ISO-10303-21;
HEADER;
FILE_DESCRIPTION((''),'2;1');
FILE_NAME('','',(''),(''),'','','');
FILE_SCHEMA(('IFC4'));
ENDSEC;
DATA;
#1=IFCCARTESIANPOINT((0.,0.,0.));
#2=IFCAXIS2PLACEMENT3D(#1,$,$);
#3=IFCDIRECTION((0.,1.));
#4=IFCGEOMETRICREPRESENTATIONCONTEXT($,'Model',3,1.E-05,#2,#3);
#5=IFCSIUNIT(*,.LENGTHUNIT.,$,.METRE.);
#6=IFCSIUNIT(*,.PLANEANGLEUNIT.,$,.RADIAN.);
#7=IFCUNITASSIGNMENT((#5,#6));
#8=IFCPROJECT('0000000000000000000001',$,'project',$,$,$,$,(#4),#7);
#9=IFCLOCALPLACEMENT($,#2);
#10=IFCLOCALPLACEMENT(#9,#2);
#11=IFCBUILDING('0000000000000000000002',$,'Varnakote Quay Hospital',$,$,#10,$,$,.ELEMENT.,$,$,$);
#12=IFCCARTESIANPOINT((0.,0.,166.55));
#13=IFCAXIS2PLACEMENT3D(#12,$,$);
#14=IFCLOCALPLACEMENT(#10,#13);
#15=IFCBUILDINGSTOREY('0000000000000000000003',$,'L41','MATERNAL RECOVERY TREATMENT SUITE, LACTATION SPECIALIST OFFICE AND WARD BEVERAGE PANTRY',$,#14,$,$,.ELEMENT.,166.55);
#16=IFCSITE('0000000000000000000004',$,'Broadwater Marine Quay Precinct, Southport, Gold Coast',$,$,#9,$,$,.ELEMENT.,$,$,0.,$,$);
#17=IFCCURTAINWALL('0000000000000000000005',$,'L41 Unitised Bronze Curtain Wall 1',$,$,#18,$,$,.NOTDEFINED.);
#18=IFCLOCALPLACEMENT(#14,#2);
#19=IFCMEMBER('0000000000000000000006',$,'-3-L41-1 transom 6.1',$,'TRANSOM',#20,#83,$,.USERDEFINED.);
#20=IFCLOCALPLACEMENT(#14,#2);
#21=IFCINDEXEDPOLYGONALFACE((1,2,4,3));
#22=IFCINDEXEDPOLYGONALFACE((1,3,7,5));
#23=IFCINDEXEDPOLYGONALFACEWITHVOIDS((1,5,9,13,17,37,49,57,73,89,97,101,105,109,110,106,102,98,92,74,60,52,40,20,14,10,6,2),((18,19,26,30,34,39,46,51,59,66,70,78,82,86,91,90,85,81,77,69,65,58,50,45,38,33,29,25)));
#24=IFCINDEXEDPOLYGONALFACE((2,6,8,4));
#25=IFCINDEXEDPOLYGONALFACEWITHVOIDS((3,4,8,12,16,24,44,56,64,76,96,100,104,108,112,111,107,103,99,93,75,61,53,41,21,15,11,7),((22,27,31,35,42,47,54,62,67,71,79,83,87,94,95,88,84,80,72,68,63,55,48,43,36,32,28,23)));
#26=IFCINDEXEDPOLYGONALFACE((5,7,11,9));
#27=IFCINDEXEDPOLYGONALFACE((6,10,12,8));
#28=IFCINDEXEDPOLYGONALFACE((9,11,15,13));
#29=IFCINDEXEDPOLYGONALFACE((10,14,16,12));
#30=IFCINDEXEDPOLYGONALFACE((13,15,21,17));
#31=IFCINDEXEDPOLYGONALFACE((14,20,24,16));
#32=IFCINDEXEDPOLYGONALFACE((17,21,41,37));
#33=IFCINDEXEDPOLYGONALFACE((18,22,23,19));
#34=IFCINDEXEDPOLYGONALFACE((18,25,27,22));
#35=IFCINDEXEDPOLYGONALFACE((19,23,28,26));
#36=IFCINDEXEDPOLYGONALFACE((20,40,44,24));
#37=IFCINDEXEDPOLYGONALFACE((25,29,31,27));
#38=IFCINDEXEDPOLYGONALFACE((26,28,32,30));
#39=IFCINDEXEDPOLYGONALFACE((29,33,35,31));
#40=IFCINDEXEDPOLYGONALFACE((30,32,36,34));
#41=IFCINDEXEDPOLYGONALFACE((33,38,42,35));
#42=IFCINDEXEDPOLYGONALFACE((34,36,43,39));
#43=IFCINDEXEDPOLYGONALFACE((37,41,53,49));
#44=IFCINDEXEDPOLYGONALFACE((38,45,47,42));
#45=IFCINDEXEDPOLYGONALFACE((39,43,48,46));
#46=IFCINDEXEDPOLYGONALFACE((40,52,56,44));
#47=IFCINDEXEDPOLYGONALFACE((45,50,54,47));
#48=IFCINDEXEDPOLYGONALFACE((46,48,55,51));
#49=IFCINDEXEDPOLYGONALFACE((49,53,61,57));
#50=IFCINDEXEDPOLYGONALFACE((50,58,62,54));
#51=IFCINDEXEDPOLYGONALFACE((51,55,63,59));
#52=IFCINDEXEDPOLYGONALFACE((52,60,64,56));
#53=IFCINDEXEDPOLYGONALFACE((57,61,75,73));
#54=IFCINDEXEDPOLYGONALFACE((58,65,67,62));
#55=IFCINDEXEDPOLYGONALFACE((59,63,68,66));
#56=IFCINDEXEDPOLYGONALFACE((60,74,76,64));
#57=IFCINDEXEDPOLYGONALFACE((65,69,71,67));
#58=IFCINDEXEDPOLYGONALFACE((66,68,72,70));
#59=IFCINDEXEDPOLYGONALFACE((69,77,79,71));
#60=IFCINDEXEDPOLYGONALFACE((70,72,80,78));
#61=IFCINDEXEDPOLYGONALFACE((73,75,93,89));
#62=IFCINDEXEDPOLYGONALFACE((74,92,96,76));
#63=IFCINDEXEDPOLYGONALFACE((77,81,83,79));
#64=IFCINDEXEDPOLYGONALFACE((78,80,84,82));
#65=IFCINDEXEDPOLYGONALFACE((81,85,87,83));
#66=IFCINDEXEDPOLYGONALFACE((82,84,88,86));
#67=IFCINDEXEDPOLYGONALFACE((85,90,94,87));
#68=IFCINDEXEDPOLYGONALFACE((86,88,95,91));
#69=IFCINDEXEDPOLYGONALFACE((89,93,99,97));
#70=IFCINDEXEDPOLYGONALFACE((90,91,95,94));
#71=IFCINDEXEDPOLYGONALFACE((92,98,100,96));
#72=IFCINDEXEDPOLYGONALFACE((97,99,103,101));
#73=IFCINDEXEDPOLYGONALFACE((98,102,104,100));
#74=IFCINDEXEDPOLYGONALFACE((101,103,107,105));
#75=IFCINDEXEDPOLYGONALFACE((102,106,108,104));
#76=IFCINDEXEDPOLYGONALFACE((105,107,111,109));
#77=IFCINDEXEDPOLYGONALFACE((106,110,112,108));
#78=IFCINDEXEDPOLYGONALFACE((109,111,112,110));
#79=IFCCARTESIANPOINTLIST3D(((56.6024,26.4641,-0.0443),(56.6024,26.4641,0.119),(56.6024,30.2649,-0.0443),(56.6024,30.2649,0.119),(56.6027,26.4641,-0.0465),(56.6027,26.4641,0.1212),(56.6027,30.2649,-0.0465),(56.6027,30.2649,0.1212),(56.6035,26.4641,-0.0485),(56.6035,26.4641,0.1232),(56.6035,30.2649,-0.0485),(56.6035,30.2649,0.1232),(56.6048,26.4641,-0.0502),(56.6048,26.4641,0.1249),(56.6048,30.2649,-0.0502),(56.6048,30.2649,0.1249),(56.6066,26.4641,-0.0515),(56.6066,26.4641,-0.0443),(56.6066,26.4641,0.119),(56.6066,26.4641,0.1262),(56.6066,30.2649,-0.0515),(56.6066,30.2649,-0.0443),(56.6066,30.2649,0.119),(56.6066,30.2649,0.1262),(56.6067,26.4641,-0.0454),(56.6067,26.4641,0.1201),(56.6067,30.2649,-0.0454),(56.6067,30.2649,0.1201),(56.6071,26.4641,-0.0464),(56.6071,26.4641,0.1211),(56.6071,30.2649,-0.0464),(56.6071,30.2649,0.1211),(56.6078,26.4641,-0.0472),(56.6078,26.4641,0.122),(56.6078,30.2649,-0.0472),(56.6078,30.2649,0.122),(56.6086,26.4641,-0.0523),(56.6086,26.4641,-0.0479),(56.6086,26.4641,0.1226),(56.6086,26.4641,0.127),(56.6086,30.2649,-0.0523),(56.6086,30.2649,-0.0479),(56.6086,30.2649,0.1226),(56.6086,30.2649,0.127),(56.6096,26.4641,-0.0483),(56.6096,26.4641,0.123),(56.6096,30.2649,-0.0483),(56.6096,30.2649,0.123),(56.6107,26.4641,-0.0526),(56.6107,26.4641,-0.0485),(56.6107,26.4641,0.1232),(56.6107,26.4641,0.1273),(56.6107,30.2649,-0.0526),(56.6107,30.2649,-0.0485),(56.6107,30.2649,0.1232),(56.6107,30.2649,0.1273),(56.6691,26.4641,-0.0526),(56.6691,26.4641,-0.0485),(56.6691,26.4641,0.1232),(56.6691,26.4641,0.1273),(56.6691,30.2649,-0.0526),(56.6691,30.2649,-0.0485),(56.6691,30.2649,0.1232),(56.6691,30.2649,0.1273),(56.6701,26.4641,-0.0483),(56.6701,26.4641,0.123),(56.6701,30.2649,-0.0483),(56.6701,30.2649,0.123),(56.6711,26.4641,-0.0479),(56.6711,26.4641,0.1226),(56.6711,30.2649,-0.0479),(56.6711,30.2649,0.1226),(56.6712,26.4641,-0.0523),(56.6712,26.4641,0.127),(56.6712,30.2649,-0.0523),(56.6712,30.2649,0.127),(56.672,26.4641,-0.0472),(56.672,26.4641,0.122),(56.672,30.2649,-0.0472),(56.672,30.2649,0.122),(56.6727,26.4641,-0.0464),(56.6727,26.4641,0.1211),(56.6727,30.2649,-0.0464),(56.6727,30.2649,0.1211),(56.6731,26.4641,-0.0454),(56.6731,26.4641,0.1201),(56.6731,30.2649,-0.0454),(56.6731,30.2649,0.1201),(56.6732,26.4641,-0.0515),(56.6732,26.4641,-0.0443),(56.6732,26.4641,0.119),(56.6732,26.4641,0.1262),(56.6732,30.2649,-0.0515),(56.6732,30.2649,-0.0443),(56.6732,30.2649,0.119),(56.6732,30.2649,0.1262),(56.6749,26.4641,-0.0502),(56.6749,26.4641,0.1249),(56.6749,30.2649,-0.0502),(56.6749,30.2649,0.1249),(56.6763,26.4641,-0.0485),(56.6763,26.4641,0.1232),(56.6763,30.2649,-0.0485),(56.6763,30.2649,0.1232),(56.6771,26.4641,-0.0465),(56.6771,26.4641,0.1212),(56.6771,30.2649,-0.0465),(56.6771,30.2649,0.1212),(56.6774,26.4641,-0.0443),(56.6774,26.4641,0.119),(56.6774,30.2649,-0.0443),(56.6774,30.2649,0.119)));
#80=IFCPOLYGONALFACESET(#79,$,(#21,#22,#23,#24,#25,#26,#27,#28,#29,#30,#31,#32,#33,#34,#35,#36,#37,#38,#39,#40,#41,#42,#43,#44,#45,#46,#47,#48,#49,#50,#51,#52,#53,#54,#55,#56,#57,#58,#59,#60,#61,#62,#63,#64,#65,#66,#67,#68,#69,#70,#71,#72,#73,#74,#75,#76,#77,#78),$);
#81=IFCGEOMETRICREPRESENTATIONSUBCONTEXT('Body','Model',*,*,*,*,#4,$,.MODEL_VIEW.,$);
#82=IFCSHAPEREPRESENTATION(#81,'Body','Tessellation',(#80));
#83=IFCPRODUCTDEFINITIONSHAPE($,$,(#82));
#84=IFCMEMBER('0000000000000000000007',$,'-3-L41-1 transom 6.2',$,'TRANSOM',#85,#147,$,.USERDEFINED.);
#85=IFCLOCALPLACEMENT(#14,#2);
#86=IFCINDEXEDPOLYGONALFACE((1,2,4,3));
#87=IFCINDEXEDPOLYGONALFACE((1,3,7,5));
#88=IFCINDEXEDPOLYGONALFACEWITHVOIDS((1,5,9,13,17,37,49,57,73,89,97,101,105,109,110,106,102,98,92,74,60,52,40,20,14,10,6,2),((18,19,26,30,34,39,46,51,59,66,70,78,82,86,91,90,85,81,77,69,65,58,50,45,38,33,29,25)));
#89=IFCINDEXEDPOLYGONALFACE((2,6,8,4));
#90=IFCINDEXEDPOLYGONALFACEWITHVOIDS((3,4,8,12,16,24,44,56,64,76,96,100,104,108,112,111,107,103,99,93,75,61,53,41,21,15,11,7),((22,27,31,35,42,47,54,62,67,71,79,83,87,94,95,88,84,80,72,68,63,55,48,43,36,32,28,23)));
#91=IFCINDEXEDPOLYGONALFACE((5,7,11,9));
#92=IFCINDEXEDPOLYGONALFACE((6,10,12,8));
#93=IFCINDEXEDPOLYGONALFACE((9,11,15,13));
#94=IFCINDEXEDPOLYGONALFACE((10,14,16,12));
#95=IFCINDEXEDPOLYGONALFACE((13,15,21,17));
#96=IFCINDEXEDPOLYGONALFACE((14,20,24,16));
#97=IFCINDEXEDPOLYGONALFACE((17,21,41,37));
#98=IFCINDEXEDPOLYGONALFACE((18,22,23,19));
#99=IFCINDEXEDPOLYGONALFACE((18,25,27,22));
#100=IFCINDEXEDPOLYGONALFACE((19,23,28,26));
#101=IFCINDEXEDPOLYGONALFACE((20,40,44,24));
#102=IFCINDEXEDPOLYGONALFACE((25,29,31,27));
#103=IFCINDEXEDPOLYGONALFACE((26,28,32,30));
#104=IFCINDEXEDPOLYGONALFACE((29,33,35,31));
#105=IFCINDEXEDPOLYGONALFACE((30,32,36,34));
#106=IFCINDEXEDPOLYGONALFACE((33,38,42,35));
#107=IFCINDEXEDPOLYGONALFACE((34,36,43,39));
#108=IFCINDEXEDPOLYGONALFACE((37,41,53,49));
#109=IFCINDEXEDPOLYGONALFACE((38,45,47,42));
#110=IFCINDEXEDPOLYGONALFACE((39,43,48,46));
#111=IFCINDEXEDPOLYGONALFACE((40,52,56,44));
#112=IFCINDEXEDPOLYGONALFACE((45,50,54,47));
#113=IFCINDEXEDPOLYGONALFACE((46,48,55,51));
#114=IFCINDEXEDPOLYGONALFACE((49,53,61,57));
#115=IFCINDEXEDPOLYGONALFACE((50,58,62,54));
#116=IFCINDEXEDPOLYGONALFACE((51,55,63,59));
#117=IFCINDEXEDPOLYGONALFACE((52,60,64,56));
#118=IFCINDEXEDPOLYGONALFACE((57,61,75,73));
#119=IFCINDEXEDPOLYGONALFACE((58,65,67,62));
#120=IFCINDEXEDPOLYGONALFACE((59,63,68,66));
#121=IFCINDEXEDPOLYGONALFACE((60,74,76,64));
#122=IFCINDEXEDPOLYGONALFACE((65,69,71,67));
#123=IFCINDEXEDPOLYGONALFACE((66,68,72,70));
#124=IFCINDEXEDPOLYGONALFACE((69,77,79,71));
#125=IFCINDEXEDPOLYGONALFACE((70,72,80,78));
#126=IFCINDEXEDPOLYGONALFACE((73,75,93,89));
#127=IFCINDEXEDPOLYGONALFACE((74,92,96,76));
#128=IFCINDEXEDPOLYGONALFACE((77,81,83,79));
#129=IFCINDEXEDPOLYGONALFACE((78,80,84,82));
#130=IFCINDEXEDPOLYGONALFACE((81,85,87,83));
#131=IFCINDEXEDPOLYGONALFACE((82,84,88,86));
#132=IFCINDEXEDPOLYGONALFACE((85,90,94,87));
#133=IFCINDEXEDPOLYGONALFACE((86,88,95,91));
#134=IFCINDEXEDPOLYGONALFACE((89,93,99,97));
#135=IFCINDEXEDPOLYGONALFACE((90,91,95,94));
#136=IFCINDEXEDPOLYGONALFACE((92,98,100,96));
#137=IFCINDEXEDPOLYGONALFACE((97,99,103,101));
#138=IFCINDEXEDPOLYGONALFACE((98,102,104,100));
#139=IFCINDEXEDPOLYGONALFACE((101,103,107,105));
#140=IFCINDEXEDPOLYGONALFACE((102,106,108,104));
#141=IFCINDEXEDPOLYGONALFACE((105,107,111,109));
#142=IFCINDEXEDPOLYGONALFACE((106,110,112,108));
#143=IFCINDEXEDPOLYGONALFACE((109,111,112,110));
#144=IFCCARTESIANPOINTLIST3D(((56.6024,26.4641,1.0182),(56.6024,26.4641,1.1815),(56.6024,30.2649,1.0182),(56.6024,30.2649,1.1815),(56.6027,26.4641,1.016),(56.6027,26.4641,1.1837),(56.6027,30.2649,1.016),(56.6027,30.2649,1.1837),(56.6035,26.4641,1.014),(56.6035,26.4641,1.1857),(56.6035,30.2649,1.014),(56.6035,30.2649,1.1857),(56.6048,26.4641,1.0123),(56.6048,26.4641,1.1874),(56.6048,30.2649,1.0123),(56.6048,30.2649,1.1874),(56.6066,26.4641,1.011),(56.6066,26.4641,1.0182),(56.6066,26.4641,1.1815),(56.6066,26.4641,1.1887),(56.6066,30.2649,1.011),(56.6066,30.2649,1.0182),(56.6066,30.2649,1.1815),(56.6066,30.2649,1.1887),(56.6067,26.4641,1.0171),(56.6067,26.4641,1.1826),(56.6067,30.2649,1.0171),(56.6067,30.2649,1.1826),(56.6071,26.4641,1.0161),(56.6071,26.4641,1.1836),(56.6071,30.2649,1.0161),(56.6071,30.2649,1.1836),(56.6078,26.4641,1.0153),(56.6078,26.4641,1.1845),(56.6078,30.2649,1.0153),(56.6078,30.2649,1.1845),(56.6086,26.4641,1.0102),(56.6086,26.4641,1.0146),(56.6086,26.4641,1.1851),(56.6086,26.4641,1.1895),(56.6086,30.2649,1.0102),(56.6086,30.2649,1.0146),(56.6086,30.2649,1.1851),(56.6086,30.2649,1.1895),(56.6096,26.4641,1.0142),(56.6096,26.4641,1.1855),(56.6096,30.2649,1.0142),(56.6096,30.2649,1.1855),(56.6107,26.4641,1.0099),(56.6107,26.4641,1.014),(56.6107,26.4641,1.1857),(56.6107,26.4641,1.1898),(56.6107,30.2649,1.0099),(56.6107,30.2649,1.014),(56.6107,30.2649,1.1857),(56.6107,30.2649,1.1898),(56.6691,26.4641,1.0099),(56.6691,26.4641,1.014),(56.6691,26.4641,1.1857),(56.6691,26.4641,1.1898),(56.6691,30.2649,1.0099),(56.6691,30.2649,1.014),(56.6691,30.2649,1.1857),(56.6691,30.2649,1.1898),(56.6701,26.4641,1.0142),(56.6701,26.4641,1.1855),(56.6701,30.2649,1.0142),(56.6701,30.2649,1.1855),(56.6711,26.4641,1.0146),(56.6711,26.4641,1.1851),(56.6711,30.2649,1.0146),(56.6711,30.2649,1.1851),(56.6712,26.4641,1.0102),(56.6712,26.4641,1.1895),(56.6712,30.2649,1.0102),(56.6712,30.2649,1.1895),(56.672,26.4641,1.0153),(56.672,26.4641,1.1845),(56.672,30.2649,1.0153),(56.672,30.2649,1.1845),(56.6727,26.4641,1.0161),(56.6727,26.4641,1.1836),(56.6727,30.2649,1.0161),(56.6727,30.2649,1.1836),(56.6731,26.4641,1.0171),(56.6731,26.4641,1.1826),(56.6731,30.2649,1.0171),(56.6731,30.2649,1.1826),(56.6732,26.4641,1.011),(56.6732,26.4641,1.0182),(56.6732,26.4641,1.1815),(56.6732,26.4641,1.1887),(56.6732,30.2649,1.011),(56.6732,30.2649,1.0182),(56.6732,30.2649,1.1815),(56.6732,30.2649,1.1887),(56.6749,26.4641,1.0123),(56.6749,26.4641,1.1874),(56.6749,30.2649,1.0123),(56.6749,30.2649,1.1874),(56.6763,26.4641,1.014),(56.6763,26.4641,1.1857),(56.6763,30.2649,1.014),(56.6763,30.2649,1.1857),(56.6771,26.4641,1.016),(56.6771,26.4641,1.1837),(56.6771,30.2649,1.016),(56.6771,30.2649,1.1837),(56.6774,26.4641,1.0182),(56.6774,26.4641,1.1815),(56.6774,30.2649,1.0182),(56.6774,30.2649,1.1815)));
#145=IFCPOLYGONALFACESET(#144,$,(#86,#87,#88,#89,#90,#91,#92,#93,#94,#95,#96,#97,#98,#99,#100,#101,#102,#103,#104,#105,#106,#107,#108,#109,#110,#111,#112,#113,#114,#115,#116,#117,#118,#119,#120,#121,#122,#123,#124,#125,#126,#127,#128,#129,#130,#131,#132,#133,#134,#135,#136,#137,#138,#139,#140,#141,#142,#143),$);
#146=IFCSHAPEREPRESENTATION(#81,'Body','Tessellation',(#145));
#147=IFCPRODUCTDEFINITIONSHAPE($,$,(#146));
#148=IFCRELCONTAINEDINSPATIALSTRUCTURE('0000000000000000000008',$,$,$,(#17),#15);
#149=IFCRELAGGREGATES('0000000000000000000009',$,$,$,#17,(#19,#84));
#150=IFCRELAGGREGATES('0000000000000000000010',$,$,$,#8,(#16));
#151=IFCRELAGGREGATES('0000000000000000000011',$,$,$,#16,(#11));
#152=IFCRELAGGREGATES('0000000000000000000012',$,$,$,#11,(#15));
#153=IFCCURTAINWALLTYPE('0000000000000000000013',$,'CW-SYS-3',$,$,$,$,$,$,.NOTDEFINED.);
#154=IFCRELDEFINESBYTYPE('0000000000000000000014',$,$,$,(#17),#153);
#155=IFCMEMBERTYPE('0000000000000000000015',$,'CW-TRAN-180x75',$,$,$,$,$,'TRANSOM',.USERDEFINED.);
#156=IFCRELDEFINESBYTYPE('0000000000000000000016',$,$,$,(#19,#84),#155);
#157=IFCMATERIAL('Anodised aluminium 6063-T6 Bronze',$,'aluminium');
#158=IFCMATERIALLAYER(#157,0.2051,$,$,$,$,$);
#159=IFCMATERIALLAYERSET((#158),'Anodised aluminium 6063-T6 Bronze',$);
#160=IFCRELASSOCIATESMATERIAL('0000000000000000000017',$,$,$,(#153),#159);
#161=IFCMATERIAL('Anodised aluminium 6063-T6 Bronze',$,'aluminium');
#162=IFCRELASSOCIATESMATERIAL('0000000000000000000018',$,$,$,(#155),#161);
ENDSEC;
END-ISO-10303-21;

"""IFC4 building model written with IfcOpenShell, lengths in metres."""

from ifc_helpers import new_model, si_unit, direction, frame, origin, origin_2d, place, context, subcontext, project, spatial, hollow_rectangle, extrude, material, layer, layer_set, material_profile, profile_set, type_object, element, aggregate, save


model = new_model("IFC4")

# Units and contexts
model_context = context("Model", 3, precision=1e-05, world=origin(), true_north=direction((0.0, 1.0)))
body_context = subcontext(model_context, "Body", "Model", "MODEL_VIEW")
ifc_project = project(units=[si_unit("LENGTHUNIT", "METRE"), si_unit("PLANEANGLEUNIT", "RADIAN")], contexts=[model_context])

# Site, building, storey
site_placement = place(None, origin())
site = spatial("IfcSite", under=ifc_project, at=site_placement, Name="Broadwater Marine Quay Precinct, Southport, Gold Coast", CompositionType="ELEMENT", RefElevation=0.0)
building_placement = place(site_placement, origin())
building = spatial("IfcBuilding", under=site, at=building_placement, Name="Varnakote Quay Hospital", CompositionType="ELEMENT")
storey_placement = place(building_placement, frame((0.0, 0.0, 166.55)))
storey = spatial("IfcBuildingStorey", under=building, at=storey_placement, Name="L41", Description="MATERNAL RECOVERY TREATMENT SUITE, LACTATION SPECIALIST OFFICE AND WARD BEVERAGE PANTRY", CompositionType="ELEMENT", Elevation=166.55)

# Curtain wall, members
ifc_material_1 = material(Name="Anodised aluminium 6063-T6 Bronze", Category="aluminium")
ifc_layer_1 = layer(ifc_material_1, 0.2051)
ifc_layer_set_1 = layer_set([ifc_layer_1], Name="Anodised aluminium 6063-T6 Bronze")
curtain_wall_type = type_object("IfcCurtainWallType", Name="CW-SYS-3", PredefinedType="NOTDEFINED", material=ifc_layer_set_1)
curtain_wall_placement = place(storey_placement, origin())
curtain_wall = element("IfcCurtainWall", 1, at=curtain_wall_placement, inside=storey, type_object=curtain_wall_type, Name="L41 Unitised Bronze Curtain Wall 1", PredefinedType="NOTDEFINED")
ifc_material_2 = material(Name="Anodised aluminium 6063-T6 Bronze", Category="aluminium")
ifc_material_profile_1 = material_profile(ifc_material_2, hollow_rectangle(XDim=0.075, YDim=0.1799, WallThickness=0.0042, InnerFilletRadius=0.0042, OuterFilletRadius=0.0083, at=origin_2d()), Name="CW-TRAN-180x75")
ifc_profile_set_1 = profile_set([ifc_material_profile_1], Name="Anodised aluminium 6063-T6 Bronze")
member_type_1 = type_object("IfcMemberType", Name="CW-TRAN-180x75", ElementType="TRANSOM", PredefinedType="USERDEFINED", material=ifc_profile_set_1)
member_1_placement = place(storey_placement, frame((56.6399, 26.4641, 0.0374), z_axis=(0.0, 1.0, 0.0), x_axis=(-1.0, 0.0, 0.0)))
member_1 = element("IfcMember", 2, at=member_1_placement, type_object=member_type_1, Name="-3-L41-1 transom 6.1", ObjectType="TRANSOM", PredefinedType="USERDEFINED", context=body_context, shape_type="SweptSolid", body=[
    extrude(hollow_rectangle(XDim=0.075, YDim=0.1799, WallThickness=0.0042, InnerFilletRadius=0.0042, OuterFilletRadius=0.0083, at=origin_2d()), origin(), (0.0, 0.0, 1.0), 3.8008),
])
member_2_placement = place(storey_placement, frame((56.6399, 26.4641, 1.0999), z_axis=(0.0, 1.0, 0.0), x_axis=(-1.0, 0.0, 0.0)))
member_2 = element("IfcMember", 3, at=member_2_placement, type_object=member_type_1, Name="-3-L41-1 transom 6.2", ObjectType="TRANSOM", PredefinedType="USERDEFINED", context=body_context, shape_type="SweptSolid", body=[
    extrude(hollow_rectangle(XDim=0.075, YDim=0.1799, WallThickness=0.0042, InnerFilletRadius=0.0042, OuterFilletRadius=0.0083, at=origin_2d()), origin(), (0.0, 0.0, 1.0), 3.8008),
])
aggregate(curtain_wall, [member_1, member_2])

save(model, "model.ifc")
